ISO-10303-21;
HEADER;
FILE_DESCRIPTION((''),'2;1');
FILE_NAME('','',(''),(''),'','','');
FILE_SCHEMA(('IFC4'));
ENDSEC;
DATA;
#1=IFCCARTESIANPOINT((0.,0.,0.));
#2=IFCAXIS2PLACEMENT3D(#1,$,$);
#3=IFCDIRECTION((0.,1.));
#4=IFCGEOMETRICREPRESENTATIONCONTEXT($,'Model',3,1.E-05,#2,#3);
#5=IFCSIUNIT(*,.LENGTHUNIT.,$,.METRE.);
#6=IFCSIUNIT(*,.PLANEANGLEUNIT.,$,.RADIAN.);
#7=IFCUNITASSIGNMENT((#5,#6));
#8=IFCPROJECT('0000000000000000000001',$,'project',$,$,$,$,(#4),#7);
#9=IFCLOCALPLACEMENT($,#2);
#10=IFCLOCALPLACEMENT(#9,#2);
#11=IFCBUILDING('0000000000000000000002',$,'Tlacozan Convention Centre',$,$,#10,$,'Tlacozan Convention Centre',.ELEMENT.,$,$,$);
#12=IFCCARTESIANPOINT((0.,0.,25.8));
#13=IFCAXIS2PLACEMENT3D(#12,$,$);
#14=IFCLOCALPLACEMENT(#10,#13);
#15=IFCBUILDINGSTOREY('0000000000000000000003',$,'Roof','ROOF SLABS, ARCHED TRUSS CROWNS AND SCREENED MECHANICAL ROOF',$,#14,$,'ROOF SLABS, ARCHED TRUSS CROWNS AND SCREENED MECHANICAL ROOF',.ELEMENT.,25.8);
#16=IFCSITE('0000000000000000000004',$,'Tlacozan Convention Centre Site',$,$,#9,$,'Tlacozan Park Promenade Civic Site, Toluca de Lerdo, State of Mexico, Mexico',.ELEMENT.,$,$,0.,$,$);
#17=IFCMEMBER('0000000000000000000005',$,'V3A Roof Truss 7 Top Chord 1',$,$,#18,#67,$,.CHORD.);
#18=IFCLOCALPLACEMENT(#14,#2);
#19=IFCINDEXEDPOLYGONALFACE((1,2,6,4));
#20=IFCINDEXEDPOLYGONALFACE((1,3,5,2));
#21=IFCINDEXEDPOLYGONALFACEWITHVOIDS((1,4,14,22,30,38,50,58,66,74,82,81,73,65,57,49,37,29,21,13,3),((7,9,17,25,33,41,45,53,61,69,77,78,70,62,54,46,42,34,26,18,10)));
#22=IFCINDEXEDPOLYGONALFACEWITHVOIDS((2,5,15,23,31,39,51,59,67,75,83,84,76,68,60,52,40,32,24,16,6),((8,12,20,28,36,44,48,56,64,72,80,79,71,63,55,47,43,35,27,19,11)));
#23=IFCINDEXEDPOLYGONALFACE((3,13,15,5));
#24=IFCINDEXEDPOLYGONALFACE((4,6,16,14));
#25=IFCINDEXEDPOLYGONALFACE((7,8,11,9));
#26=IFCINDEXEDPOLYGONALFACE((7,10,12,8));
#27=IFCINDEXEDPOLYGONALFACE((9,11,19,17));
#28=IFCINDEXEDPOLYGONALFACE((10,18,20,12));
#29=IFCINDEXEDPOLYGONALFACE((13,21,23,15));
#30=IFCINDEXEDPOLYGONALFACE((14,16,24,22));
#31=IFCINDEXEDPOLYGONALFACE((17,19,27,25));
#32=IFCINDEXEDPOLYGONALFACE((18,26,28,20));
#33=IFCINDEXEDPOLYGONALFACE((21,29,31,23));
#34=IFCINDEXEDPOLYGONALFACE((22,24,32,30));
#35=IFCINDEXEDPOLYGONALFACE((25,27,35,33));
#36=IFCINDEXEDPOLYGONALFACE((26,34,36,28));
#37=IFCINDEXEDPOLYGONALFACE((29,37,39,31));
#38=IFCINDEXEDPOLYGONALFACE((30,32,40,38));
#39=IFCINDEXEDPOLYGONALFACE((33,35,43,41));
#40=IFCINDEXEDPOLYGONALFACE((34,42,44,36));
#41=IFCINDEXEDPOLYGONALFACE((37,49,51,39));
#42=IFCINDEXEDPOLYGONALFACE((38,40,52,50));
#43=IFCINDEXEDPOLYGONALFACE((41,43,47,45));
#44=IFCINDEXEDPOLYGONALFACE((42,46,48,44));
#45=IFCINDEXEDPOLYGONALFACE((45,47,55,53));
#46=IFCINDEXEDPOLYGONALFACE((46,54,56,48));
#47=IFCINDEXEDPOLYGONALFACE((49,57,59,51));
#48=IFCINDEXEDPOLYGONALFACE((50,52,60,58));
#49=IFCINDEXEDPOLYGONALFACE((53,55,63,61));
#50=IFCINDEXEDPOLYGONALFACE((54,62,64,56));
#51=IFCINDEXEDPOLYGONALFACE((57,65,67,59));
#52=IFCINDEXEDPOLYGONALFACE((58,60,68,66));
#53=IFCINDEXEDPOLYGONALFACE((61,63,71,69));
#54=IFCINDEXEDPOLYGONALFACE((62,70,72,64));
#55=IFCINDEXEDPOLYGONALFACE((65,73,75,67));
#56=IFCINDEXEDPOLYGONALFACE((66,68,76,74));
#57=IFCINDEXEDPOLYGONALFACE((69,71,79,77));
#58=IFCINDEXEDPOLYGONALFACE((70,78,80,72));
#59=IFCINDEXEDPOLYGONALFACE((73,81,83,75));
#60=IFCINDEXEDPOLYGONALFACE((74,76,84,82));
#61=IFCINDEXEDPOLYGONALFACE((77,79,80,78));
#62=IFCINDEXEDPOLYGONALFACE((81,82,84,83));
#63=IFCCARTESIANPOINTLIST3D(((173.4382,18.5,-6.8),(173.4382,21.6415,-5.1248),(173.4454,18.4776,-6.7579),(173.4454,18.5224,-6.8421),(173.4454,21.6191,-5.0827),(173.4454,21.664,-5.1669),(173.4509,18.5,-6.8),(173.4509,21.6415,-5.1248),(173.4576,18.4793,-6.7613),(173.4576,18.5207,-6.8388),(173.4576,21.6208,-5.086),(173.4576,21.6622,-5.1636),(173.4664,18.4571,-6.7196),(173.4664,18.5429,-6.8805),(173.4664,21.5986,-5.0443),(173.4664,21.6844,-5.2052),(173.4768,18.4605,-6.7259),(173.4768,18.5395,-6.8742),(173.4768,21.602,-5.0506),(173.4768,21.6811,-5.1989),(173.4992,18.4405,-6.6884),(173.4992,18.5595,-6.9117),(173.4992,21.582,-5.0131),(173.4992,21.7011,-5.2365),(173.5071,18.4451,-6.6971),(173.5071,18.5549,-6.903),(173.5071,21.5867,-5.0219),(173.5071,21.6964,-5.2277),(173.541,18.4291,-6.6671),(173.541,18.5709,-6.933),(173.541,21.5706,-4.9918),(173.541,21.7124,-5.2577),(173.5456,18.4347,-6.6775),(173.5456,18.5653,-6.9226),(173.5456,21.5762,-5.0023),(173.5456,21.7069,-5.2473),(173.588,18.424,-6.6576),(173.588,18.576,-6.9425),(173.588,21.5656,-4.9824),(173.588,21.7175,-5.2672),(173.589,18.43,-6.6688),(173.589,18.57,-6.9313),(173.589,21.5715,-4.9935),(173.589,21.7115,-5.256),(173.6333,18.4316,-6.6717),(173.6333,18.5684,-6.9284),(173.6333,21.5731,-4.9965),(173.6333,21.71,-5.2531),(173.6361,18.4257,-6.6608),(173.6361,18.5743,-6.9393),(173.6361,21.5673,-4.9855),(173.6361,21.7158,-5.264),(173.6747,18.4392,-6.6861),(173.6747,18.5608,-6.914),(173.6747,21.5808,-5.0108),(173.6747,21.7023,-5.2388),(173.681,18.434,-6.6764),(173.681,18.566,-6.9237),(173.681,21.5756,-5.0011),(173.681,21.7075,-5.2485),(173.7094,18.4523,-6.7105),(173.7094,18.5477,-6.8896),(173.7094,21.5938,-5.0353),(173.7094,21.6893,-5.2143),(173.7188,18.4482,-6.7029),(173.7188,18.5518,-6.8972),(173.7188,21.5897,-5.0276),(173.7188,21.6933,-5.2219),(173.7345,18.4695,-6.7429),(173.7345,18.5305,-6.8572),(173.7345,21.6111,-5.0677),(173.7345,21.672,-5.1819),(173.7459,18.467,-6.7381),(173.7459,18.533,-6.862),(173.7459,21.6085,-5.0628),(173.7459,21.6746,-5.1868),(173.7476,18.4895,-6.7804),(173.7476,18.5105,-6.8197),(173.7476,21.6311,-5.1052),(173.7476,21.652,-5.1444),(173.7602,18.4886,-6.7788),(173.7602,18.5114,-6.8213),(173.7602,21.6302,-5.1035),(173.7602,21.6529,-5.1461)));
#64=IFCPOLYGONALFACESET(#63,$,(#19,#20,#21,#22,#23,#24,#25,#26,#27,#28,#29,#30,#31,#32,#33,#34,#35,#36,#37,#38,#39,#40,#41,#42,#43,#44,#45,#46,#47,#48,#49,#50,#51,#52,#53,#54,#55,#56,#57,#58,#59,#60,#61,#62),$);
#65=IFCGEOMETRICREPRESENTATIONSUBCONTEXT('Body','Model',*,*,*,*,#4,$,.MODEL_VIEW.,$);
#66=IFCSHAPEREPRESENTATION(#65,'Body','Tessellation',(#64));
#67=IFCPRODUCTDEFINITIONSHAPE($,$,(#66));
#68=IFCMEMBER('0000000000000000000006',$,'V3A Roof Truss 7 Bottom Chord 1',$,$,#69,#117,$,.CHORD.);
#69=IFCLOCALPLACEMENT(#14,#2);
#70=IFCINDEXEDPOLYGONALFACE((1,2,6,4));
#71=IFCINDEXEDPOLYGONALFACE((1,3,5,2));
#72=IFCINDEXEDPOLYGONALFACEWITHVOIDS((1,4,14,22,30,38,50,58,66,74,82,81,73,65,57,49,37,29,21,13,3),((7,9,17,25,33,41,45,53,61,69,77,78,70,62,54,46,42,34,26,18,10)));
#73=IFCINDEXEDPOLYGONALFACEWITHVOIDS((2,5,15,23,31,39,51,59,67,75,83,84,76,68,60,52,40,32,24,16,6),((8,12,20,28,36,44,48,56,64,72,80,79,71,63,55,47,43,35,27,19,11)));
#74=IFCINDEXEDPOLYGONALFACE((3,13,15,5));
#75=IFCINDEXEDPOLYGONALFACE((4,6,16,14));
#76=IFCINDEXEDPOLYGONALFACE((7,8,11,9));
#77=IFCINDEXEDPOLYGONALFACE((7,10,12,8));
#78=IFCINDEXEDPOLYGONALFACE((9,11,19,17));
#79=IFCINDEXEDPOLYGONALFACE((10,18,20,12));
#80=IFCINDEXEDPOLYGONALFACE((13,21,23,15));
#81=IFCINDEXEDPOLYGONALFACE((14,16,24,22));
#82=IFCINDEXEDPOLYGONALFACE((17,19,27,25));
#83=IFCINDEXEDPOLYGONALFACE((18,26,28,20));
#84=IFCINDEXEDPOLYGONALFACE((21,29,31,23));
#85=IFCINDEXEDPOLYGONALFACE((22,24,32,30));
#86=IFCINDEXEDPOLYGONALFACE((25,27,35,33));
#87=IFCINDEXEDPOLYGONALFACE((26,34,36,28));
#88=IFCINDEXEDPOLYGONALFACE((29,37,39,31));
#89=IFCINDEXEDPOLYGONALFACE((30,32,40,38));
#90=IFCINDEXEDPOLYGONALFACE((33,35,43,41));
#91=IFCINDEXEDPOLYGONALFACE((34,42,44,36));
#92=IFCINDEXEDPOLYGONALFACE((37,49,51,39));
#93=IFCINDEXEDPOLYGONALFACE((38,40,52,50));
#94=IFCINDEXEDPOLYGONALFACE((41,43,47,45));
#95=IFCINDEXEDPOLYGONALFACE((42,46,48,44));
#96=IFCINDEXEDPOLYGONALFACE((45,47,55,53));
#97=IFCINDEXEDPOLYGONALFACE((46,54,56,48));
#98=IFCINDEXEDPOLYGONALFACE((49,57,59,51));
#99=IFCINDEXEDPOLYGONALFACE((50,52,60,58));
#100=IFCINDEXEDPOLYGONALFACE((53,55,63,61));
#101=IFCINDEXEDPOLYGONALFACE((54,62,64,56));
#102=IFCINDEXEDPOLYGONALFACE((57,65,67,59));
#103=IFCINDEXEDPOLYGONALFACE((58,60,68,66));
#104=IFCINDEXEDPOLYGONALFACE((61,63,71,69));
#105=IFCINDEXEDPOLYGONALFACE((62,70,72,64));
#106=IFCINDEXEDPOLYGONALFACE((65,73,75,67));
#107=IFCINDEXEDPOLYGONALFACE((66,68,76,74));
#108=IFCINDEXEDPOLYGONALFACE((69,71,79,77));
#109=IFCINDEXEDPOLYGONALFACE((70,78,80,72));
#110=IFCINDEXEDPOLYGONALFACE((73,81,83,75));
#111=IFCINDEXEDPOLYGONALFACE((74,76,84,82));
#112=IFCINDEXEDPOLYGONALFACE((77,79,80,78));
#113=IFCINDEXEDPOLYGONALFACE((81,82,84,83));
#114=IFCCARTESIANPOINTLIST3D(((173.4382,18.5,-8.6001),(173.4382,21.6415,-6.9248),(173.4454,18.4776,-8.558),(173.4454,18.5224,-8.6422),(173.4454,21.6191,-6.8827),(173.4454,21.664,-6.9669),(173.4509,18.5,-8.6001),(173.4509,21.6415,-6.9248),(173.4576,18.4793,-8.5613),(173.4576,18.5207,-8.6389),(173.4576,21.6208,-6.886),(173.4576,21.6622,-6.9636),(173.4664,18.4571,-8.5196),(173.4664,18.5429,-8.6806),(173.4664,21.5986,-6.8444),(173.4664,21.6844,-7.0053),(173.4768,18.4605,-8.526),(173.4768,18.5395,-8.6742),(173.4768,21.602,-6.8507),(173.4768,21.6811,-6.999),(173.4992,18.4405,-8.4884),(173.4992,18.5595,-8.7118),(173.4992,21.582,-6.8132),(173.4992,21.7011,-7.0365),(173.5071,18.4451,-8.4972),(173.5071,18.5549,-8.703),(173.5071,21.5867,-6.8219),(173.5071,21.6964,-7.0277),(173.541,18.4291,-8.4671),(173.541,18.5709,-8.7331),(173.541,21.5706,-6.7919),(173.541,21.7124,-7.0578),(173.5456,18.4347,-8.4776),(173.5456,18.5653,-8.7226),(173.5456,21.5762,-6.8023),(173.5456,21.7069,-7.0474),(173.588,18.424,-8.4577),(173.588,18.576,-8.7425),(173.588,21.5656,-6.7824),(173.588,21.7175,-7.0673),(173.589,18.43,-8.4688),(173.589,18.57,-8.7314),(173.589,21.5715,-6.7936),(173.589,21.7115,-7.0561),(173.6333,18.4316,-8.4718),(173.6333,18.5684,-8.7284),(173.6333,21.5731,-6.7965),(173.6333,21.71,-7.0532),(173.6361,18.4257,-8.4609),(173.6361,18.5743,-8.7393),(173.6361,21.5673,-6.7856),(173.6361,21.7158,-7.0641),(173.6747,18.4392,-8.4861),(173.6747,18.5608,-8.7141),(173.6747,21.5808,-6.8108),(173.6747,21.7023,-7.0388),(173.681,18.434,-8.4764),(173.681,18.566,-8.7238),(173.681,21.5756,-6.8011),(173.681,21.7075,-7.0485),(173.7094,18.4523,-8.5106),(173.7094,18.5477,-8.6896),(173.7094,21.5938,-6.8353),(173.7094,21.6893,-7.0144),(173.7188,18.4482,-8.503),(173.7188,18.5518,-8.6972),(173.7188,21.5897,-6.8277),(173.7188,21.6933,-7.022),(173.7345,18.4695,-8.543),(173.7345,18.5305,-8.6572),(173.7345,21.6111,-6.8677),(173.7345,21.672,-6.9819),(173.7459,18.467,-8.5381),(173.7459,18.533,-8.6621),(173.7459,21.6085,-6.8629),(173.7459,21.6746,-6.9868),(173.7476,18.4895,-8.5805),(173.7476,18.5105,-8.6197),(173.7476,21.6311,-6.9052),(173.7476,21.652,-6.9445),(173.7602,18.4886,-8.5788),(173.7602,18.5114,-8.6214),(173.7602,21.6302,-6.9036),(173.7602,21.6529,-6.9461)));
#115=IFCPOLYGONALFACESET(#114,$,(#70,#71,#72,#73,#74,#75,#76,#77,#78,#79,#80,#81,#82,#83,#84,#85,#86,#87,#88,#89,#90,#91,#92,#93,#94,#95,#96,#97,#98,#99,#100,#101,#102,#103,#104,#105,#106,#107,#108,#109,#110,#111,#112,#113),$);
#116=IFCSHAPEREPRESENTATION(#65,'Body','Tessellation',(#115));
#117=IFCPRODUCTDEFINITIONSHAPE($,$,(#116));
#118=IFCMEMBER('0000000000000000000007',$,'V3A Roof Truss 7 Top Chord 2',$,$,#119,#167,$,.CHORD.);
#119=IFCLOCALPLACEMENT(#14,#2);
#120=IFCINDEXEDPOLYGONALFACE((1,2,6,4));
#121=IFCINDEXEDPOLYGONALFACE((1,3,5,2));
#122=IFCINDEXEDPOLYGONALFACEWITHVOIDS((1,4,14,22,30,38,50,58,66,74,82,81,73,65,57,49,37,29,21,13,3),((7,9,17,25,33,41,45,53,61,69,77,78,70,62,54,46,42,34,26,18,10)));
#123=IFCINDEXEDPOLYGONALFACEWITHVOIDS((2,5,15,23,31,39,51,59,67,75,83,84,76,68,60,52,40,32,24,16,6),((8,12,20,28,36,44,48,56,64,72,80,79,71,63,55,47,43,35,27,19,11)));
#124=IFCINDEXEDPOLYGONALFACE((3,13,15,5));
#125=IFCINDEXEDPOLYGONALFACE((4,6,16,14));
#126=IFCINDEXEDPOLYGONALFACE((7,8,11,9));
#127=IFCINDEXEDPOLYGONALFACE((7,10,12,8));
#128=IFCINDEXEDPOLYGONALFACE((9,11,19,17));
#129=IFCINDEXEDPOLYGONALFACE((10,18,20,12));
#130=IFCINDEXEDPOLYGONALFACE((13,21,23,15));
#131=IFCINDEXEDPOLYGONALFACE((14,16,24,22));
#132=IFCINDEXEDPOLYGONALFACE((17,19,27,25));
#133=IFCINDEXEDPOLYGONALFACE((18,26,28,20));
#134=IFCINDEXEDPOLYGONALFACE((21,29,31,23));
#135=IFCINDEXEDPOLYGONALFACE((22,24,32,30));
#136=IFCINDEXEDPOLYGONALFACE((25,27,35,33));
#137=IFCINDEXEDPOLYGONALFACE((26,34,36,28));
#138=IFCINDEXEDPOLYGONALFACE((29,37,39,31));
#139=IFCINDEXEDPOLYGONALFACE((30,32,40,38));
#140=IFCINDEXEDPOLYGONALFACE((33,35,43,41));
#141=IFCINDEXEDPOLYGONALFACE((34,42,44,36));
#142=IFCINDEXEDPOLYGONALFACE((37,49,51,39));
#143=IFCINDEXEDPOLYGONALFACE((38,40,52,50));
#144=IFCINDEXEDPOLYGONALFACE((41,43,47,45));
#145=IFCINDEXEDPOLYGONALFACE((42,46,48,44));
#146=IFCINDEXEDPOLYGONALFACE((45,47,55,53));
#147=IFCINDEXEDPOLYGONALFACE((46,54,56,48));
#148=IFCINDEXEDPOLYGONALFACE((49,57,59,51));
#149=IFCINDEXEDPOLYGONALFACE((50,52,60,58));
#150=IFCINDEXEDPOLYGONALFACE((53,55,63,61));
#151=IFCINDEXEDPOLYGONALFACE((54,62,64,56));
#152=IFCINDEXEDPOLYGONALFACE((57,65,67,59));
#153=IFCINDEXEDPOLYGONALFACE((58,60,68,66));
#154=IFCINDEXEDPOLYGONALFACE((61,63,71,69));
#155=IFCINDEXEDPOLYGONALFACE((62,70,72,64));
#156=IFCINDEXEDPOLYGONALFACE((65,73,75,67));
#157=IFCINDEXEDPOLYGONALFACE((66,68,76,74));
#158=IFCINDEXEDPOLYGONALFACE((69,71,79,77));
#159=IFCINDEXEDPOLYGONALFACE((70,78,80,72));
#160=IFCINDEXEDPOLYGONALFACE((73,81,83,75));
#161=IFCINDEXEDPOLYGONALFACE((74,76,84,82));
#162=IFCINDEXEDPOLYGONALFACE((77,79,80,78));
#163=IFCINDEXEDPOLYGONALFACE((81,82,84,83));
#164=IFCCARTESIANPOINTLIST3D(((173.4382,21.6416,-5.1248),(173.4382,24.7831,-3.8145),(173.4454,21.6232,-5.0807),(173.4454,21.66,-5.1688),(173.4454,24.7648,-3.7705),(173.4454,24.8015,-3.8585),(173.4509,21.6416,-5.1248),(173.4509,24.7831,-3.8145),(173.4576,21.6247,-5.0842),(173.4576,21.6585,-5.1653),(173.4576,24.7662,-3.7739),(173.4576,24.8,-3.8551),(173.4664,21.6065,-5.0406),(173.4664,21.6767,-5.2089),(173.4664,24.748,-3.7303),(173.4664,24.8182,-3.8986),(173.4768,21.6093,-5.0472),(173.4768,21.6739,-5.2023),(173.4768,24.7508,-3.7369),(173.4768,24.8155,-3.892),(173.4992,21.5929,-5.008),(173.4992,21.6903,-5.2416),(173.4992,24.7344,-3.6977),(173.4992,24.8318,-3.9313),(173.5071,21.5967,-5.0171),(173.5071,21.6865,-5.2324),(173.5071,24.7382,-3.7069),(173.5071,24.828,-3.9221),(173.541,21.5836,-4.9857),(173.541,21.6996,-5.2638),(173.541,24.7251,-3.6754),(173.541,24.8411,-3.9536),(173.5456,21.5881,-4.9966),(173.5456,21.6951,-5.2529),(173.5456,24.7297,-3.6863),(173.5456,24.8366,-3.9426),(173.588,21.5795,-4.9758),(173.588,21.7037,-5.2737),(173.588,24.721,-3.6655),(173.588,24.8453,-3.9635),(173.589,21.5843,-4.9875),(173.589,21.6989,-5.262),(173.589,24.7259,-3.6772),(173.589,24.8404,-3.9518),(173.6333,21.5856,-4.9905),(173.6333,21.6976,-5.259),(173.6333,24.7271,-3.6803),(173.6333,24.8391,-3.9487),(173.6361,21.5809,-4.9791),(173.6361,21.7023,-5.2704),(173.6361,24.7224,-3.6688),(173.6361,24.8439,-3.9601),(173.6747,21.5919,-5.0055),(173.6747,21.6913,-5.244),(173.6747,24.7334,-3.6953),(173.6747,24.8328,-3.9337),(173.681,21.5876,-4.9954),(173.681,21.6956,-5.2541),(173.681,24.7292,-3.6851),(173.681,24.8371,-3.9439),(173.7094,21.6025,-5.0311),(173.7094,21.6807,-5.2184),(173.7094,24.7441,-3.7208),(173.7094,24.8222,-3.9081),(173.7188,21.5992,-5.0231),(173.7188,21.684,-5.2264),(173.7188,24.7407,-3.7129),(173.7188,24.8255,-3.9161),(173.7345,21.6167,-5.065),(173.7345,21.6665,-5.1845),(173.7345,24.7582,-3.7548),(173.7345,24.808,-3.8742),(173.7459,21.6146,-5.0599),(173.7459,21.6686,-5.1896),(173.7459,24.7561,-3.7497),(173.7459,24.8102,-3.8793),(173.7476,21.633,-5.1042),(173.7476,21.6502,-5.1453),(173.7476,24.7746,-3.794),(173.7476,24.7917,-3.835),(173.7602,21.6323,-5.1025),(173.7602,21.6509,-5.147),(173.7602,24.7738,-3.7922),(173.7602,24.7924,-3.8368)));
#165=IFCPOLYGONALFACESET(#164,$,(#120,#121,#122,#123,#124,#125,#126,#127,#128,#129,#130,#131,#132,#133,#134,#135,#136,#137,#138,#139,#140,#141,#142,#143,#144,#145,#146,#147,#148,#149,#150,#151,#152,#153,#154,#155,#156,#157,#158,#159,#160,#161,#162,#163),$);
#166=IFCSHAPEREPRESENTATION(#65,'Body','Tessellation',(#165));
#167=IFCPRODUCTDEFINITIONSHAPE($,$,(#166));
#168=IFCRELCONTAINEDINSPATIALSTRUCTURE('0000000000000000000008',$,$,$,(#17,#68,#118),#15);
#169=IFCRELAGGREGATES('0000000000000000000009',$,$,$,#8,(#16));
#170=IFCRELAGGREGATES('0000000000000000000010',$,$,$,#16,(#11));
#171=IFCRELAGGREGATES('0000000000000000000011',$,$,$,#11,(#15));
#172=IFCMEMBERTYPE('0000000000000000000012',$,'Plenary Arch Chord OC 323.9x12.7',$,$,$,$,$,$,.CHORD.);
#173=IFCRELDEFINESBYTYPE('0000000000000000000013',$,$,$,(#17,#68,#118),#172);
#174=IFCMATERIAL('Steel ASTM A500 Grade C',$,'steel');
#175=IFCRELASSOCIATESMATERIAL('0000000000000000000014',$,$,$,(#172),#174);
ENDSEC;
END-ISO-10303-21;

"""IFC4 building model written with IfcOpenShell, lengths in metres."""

from ifc_helpers import new_model, si_unit, direction, frame, origin, origin_2d, place, context, subcontext, project, spatial, hollow_circle, extrude, material, material_profile, profile_set, type_object, element, save


model = new_model("IFC4")

# Units and contexts
model_context = context("Model", 3, precision=1e-05, world=origin(), true_north=direction((0.0, 1.0)))
body_context = subcontext(model_context, "Body", "Model", "MODEL_VIEW")
ifc_project = project(units=[si_unit("LENGTHUNIT", "METRE"), si_unit("PLANEANGLEUNIT", "RADIAN")], contexts=[model_context])

# Site, building, storey
site_placement = place(None, origin())
site = spatial("IfcSite", under=ifc_project, at=site_placement, Name="Tlacozan Convention Centre Site", LongName="Tlacozan Park Promenade Civic Site, Toluca de Lerdo, State of Mexico, Mexico", CompositionType="ELEMENT", RefElevation=0.0)
building_placement = place(site_placement, origin())
building = spatial("IfcBuilding", under=site, at=building_placement, Name="Tlacozan Convention Centre", LongName="Tlacozan Convention Centre", CompositionType="ELEMENT")
storey_placement = place(building_placement, frame((0.0, 0.0, 25.8)))
storey = spatial("IfcBuildingStorey", under=building, at=storey_placement, Name="Roof", Description="ROOF SLABS, ARCHED TRUSS CROWNS AND SCREENED MECHANICAL ROOF", LongName="ROOF SLABS, ARCHED TRUSS CROWNS AND SCREENED MECHANICAL ROOF", CompositionType="ELEMENT", Elevation=25.8)

# Members
ifc_material_1 = material(Name="Steel ASTM A500 Grade C", Category="steel")
ifc_material_profile_1 = material_profile(ifc_material_1, hollow_circle(Radius=0.1619, WallThickness=0.0127, at=origin_2d()), Name="OC 323.9x12.7")
ifc_profile_set_1 = profile_set([ifc_material_profile_1], Name="Steel ASTM A500 Grade C")
member_type_1 = type_object("IfcMemberType", Name="Plenary Arch Chord OC 323.9x12.7", PredefinedType="CHORD", material=ifc_profile_set_1)
for number, where, z_axis, x_axis, name in (
    (1, (173.6001, 18.5, -6.8), (0.0, 0.88238, 0.470538), (-1.0, 0.0, 0.0), "V3A Roof Truss 7 Top Chord 1"),
    (2, (173.6001, 18.5, -8.6001), (0.0, 0.88238, 0.470538), (-1.0, 0.0, 0.0), "V3A Roof Truss 7 Bottom Chord 1"),
):
    element("IfcMember", number, at=place(storey_placement, frame(where, z_axis=z_axis, x_axis=x_axis)), inside=storey, type_object=member_type_1, Name=name, PredefinedType="CHORD", context=body_context, shape_type="SweptSolid", body=[
        extrude(hollow_circle(Radius=0.1619, WallThickness=0.0127, at=origin_2d()), origin(), (0.0, 0.0, 1.0), 3.5603),
    ])
for number, where, z_axis, x_axis, name in (
    (3, (173.6001, 21.6416, -5.1248), (0.0, 0.922941, 0.384941), (-1.0, 0.0, 0.0), "V3A Roof Truss 7 Top Chord 2"),
):
    element("IfcMember", number, at=place(storey_placement, frame(where, z_axis=z_axis, x_axis=x_axis)), inside=storey, type_object=member_type_1, Name=name, PredefinedType="CHORD", context=body_context, shape_type="SweptSolid", body=[
        extrude(hollow_circle(Radius=0.1619, WallThickness=0.0127, at=origin_2d()), origin(), (0.0, 0.0, 1.0), 3.4038),
    ])

save(model, "model.ifc")
